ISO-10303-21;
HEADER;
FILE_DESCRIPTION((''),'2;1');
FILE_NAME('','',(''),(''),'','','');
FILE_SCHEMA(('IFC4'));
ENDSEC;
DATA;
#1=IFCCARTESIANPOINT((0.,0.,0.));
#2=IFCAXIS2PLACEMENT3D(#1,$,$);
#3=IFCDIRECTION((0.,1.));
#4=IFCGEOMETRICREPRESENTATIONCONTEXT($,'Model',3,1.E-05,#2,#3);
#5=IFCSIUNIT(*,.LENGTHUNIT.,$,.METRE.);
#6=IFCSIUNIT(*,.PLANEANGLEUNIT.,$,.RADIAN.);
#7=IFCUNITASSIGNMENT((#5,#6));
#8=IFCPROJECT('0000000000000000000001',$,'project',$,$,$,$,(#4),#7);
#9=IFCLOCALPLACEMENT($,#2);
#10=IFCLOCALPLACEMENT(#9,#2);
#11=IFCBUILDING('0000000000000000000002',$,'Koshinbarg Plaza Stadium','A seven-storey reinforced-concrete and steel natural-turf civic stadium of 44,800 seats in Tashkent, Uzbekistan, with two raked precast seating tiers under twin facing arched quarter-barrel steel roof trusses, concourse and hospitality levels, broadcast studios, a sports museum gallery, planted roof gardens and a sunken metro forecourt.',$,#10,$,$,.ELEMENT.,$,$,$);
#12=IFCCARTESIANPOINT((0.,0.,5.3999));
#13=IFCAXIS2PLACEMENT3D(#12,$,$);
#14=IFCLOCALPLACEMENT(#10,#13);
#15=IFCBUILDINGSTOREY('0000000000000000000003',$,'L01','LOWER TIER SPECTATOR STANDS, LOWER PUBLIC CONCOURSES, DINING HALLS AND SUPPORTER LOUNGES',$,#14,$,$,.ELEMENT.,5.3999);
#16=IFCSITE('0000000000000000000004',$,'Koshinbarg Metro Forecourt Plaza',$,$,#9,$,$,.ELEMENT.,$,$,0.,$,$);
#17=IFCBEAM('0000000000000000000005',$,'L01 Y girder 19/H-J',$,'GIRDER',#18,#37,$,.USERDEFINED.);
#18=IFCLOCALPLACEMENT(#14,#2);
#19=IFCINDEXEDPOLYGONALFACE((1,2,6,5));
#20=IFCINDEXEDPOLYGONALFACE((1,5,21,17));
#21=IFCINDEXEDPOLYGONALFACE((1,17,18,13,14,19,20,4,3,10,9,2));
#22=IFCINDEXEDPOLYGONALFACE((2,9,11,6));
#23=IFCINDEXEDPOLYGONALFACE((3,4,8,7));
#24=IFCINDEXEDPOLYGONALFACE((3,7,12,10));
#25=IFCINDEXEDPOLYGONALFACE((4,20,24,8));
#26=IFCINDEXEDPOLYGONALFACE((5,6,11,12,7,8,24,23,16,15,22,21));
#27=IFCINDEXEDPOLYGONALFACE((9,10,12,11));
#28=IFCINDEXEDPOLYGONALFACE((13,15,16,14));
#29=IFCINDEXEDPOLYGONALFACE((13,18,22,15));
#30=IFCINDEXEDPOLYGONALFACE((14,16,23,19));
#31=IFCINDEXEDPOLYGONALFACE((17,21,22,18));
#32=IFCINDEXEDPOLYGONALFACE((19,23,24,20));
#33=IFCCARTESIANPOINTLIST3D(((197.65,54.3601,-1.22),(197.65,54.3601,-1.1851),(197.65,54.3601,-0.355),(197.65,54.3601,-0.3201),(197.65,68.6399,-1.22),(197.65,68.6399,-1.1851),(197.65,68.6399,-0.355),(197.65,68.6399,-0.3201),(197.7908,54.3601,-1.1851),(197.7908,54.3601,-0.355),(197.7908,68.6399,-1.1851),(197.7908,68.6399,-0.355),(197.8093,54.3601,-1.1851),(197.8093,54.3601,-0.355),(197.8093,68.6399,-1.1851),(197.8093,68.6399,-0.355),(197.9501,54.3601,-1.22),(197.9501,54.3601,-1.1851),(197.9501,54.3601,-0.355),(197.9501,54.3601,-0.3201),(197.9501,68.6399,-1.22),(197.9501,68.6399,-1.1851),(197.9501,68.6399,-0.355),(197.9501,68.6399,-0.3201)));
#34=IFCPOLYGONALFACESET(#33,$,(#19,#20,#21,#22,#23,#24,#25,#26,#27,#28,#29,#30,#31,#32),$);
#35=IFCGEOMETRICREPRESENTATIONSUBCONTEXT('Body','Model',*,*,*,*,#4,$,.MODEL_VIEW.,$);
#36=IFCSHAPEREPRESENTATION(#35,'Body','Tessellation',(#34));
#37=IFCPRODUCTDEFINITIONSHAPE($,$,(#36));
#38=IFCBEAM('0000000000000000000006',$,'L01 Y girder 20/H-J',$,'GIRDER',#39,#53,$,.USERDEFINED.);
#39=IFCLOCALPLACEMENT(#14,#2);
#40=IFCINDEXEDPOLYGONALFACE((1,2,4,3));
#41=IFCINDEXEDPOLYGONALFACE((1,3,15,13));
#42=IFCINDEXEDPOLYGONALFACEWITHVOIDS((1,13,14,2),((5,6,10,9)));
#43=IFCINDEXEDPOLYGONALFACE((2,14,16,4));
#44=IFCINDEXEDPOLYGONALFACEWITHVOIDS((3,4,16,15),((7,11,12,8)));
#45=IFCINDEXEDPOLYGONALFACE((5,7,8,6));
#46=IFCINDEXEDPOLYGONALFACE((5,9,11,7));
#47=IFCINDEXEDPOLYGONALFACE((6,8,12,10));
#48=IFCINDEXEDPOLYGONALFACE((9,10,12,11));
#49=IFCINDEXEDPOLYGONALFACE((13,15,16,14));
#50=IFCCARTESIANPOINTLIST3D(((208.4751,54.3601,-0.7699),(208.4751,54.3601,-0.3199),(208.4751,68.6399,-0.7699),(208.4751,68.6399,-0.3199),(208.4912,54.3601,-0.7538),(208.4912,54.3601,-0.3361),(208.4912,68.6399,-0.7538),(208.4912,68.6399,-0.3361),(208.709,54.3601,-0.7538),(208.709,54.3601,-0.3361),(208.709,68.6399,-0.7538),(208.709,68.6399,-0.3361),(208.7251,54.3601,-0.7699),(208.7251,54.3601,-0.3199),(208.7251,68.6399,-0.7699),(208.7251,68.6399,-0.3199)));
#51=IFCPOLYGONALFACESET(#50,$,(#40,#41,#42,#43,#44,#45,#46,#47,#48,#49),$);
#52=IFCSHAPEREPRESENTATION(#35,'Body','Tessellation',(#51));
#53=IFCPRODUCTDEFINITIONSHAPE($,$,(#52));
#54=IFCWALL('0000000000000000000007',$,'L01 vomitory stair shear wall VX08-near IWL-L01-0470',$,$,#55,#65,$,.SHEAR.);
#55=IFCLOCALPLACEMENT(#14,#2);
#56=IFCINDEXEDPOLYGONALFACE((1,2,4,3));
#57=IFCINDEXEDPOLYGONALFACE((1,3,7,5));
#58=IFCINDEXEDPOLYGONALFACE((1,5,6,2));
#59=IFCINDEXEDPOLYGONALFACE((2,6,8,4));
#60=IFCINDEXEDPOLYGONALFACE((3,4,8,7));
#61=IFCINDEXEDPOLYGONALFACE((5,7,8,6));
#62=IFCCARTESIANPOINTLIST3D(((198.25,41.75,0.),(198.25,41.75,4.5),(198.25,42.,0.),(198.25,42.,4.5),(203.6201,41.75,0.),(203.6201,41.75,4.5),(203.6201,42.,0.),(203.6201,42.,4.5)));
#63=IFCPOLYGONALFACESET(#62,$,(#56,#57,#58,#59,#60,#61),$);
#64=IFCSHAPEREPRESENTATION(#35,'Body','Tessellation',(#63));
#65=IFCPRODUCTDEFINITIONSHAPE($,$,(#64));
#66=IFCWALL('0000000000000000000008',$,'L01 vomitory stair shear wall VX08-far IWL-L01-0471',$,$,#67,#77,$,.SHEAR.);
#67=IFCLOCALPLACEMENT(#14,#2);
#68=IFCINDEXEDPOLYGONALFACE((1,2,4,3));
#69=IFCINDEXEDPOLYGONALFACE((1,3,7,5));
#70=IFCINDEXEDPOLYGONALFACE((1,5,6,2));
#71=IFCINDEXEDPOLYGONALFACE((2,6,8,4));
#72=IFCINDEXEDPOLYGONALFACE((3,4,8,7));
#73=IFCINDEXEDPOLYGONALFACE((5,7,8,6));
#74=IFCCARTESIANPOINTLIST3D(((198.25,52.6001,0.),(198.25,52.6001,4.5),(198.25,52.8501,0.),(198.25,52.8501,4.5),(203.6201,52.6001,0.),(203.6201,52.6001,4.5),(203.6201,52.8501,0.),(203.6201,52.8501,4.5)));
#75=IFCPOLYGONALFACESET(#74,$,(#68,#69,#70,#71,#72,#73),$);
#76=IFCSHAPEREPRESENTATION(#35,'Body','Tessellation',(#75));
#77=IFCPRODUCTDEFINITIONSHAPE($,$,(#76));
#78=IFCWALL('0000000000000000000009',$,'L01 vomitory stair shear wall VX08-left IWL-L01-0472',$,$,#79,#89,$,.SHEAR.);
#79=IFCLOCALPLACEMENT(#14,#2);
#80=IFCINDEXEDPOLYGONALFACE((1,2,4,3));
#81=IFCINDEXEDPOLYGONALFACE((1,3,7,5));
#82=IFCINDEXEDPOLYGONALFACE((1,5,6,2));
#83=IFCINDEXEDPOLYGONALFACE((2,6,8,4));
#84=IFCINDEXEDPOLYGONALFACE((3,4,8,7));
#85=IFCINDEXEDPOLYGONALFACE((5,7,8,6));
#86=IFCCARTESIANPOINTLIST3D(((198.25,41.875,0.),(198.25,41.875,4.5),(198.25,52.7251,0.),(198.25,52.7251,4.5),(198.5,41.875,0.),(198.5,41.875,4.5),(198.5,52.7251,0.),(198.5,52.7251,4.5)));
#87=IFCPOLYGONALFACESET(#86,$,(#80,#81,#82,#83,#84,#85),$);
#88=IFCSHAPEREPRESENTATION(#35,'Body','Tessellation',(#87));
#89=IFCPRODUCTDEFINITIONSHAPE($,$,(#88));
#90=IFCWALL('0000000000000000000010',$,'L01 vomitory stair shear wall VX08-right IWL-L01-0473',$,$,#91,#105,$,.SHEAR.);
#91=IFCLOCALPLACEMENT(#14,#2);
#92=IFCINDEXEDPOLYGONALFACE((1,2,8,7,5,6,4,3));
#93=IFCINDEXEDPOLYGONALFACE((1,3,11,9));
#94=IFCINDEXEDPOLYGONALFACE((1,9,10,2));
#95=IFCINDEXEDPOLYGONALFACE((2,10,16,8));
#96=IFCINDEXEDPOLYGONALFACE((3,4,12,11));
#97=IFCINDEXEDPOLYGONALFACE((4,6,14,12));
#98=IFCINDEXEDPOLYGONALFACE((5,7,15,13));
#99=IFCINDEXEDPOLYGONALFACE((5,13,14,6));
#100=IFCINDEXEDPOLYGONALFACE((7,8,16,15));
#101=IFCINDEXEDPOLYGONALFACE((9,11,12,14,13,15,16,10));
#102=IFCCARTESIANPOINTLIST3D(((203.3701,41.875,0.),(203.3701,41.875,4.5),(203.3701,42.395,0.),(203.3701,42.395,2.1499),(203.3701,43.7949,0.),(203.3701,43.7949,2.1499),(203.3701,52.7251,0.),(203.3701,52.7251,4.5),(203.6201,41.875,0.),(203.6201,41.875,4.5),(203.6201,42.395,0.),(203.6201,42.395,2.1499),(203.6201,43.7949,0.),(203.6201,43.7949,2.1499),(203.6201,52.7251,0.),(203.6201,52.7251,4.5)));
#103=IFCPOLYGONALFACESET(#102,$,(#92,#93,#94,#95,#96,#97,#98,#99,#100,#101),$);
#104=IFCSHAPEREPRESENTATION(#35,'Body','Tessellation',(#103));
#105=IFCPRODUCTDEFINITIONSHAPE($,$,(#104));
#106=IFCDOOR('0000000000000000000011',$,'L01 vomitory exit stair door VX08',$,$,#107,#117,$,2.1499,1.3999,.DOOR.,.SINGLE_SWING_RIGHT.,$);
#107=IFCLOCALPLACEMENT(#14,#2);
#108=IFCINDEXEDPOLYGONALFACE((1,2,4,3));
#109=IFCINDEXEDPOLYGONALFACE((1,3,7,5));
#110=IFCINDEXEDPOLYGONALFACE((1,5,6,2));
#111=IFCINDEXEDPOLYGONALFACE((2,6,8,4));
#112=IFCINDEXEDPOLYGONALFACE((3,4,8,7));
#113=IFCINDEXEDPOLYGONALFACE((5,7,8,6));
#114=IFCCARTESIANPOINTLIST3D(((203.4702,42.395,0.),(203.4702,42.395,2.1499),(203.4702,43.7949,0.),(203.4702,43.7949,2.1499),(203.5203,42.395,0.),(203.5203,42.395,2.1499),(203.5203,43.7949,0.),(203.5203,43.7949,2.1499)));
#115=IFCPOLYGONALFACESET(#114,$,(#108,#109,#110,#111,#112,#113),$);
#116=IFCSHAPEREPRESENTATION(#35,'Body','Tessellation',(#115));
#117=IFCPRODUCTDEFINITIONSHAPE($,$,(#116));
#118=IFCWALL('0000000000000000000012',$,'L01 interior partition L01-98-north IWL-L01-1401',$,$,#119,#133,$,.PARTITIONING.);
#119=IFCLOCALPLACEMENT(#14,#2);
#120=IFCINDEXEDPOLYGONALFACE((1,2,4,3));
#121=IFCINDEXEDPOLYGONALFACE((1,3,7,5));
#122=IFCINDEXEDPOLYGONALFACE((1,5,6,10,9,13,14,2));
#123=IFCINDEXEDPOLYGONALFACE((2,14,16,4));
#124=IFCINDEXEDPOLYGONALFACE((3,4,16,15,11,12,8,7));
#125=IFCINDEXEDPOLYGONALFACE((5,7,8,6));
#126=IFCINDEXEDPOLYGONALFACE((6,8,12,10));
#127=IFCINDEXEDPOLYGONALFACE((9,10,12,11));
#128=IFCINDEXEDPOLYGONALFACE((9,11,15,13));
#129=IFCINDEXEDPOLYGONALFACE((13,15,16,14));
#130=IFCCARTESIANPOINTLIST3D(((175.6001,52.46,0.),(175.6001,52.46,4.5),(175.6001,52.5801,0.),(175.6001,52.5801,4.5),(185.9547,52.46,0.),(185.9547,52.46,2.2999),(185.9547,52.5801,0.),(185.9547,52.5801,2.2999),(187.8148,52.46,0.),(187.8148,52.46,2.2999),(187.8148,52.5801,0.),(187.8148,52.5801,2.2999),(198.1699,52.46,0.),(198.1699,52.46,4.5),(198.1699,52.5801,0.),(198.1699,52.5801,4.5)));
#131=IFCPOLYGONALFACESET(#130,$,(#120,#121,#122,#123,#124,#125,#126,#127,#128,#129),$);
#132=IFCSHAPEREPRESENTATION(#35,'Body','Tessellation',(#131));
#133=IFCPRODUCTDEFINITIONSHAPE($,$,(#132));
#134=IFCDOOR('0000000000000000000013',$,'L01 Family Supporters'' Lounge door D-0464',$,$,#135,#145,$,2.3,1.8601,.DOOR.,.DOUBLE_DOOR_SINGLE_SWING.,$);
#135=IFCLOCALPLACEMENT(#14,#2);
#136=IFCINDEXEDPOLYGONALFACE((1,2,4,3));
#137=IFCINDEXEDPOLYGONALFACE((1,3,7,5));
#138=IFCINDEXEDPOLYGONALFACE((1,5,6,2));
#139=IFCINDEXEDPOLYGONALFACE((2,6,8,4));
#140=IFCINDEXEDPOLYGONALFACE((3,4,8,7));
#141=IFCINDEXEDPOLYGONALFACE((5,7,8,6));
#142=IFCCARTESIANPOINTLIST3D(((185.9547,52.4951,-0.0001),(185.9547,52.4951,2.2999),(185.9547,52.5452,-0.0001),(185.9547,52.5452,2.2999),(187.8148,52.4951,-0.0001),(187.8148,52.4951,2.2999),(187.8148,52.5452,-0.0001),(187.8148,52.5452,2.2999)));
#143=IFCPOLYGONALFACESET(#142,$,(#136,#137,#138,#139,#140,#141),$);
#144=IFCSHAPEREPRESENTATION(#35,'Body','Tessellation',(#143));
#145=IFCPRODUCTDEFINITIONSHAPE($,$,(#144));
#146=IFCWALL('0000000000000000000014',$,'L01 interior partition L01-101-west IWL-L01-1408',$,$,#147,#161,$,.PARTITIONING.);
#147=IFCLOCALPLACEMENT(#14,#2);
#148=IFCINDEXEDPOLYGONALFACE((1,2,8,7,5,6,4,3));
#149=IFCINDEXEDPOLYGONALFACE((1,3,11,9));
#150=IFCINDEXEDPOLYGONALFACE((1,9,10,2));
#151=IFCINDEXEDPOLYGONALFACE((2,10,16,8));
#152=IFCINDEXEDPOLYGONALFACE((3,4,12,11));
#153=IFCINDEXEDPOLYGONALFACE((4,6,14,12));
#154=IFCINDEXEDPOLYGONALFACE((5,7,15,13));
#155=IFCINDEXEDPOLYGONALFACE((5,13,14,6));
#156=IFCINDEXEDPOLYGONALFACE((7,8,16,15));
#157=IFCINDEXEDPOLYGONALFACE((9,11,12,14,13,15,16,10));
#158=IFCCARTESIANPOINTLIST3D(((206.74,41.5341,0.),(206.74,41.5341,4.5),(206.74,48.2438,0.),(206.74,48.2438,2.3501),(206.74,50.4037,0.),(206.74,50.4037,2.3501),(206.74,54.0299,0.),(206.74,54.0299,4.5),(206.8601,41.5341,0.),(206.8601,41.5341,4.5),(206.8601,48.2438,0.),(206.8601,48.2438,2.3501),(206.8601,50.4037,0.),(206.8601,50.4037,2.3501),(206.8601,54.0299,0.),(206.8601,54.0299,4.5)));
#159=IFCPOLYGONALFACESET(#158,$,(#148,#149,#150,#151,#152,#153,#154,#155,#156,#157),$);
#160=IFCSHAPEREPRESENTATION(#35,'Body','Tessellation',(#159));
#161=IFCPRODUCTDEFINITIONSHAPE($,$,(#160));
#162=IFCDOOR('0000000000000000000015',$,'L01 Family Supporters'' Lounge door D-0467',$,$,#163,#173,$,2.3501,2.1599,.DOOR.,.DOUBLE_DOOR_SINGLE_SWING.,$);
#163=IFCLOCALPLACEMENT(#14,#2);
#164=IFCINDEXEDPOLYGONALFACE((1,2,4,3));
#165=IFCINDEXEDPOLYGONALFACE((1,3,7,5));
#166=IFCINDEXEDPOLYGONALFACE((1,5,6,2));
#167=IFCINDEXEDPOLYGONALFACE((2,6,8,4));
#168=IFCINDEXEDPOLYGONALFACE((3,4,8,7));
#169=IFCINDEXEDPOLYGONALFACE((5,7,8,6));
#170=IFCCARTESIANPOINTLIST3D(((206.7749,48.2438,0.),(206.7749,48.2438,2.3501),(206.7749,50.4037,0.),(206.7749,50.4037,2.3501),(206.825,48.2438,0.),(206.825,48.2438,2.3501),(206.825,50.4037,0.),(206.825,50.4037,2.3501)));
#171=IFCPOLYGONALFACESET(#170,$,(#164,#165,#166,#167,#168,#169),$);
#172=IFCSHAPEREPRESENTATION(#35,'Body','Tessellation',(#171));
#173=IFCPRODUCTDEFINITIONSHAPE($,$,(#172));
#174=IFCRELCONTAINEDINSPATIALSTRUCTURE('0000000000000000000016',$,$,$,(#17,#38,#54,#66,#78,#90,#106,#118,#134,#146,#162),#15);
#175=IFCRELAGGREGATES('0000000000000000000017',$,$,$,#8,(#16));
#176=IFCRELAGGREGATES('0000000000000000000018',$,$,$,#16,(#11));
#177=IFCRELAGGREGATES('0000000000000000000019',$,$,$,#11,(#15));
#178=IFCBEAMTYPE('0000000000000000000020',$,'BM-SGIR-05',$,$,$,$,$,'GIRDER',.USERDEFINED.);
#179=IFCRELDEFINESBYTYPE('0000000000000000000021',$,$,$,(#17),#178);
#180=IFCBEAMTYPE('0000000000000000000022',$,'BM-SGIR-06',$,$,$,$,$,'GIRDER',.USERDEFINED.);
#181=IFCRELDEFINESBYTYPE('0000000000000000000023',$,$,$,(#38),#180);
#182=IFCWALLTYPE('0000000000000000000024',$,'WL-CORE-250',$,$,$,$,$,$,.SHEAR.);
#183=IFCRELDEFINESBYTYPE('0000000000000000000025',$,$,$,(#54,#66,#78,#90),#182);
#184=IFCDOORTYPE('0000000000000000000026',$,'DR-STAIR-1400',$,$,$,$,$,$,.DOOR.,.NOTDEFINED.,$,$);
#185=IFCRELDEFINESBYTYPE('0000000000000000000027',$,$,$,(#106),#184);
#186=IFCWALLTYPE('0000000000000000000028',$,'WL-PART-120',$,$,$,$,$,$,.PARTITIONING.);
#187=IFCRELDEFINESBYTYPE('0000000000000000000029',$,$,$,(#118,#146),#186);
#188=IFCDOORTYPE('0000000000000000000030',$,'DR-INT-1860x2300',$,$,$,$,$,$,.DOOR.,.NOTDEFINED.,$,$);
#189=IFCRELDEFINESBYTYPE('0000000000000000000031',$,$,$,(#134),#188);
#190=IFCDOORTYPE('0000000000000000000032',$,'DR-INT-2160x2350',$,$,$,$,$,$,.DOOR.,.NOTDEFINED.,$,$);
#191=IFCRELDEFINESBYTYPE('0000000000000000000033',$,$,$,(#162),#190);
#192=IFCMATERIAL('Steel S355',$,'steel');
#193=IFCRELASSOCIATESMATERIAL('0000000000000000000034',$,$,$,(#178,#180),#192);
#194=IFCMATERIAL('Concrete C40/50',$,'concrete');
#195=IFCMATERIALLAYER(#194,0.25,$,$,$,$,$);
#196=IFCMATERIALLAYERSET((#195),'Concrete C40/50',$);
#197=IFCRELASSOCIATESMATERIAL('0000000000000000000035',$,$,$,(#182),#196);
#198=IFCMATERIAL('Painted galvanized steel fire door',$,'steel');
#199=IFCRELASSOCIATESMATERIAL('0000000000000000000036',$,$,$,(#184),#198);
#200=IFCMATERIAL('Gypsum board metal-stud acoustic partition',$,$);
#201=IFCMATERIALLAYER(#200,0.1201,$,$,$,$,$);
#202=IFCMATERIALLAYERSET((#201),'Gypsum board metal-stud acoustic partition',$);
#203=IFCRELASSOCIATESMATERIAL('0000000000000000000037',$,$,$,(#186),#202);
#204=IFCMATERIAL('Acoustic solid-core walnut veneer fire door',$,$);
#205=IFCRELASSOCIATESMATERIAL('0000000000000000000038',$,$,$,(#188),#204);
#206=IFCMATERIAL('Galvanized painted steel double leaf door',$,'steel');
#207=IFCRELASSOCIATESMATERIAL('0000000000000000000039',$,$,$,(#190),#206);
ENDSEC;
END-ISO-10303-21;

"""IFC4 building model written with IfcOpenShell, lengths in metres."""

from ifc_helpers import new_model, si_unit, direction, frame, frame_2d, origin, origin_2d, place, context, subcontext, project, spatial, rectangle, hollow_rectangle, i_section, extrude, material, layer, layer_set, material_profile, profile_set, type_object, element, fill, save


model = new_model("IFC4")

# Units and contexts
model_context = context("Model", 3, precision=1e-05, world=origin(), true_north=direction((0.0, 1.0)))
body_context = subcontext(model_context, "Body", "Model", "MODEL_VIEW")
ifc_project = project(units=[si_unit("LENGTHUNIT", "METRE"), si_unit("PLANEANGLEUNIT", "RADIAN")], contexts=[model_context])

# Site, building, storey
site_placement = place(None, origin())
site = spatial("IfcSite", under=ifc_project, at=site_placement, Name="Koshinbarg Metro Forecourt Plaza", CompositionType="ELEMENT", RefElevation=0.0)
building_placement = place(site_placement, origin())
building = spatial("IfcBuilding", under=site, at=building_placement, Name="Koshinbarg Plaza Stadium", Description="A seven-storey reinforced-concrete and steel natural-turf civic stadium of 44,800 seats in Tashkent, Uzbekistan, with two raked precast seating tiers under twin facing arched quarter-barrel steel roof trusses, concourse and hospitality levels, broadcast studios, a sports museum gallery, planted roof gardens and a sunken metro forecourt.", CompositionType="ELEMENT")
storey_placement = place(building_placement, frame((0.0, 0.0, 5.3999)))
storey = spatial("IfcBuildingStorey", under=building, at=storey_placement, Name="L01", Description="LOWER TIER SPECTATOR STANDS, LOWER PUBLIC CONCOURSES, DINING HALLS AND SUPPORTER LOUNGES", CompositionType="ELEMENT", Elevation=5.3999)

# Shared definitions
ifc_material_1 = material(Name="Concrete C40/50", Category="concrete")

# Beams
ifc_material_2 = material(Name="Steel S355", Category="steel")
ifc_material_profile_1 = material_profile(ifc_material_2, i_section(OverallWidth=0.3, OverallDepth=0.8999, WebThickness=0.0186, FlangeThickness=0.0349, at=origin_2d()), Name="HEB 900")
ifc_profile_set_1 = profile_set([ifc_material_profile_1], Name="Steel S355")
beam_type_1 = type_object("IfcBeamType", Name="BM-SGIR-05", ElementType="GIRDER", PredefinedType="USERDEFINED", material=ifc_profile_set_1)
beam_1_placement = place(storey_placement, frame((197.8, 54.3601, -0.77), z_axis=(0.0, 1.0, 0.0), x_axis=(-1.0, 0.0, 0.0)))
element("IfcBeam", 1, at=beam_1_placement, inside=storey, type_object=beam_type_1, Name="L01 Y girder 19/H-J", ObjectType="GIRDER", PredefinedType="USERDEFINED", context=body_context, shape_type="SweptSolid", body=[
    extrude(i_section(OverallWidth=0.3, OverallDepth=0.8999, WebThickness=0.0186, FlangeThickness=0.0349, at=origin_2d()), origin(), (0.0, 0.0, 1.0), 14.2798),
])
ifc_material_profile_2 = material_profile(ifc_material_2, hollow_rectangle(XDim=0.25, YDim=0.45, WallThickness=0.0161, at=origin_2d()), Name="RHS 450x250x16")
ifc_profile_set_2 = profile_set([ifc_material_profile_2], Name="Steel S355")
beam_type_2 = type_object("IfcBeamType", Name="BM-SGIR-06", ElementType="GIRDER", PredefinedType="USERDEFINED", material=ifc_profile_set_2)
beam_2_placement = place(storey_placement, frame((208.6001, 54.3601, -0.5449), z_axis=(0.0, 1.0, 0.0), x_axis=(-1.0, 0.0, 0.0)))
element("IfcBeam", 2, at=beam_2_placement, inside=storey, type_object=beam_type_2, Name="L01 Y girder 20/H-J", ObjectType="GIRDER", PredefinedType="USERDEFINED", context=body_context, shape_type="SweptSolid", body=[
    extrude(hollow_rectangle(XDim=0.25, YDim=0.45, WallThickness=0.0161, at=origin_2d()), origin(), (0.0, 0.0, 1.0), 14.2798),
])

# Walls
ifc_layer_1 = layer(ifc_material_1, 0.25)
ifc_layer_set_1 = layer_set([ifc_layer_1], Name="Concrete C40/50")
wall_type_1 = type_object("IfcWallType", Name="WL-CORE-250", PredefinedType="SHEAR", material=ifc_layer_set_1)
for number, where, z_axis, x_axis, name in (
    (3, (198.25, 41.875, 0.0), (0.0, 0.0, 1.0), (1.0, 0.0, 0.0), "L01 vomitory stair shear wall VX08-near IWL-L01-0470"),
    (4, (203.6201, 52.7251, 0.0), (0.0, 0.0, 1.0), (-1.0, 0.0, 0.0), "L01 vomitory stair shear wall VX08-far IWL-L01-0471"),
):
    element("IfcWall", number, at=place(storey_placement, frame(where, z_axis=z_axis, x_axis=x_axis)), inside=storey, type_object=wall_type_1, Name=name, PredefinedType="SHEAR", context=body_context, shape_type="SweptSolid", body=[
        extrude(rectangle(XDim=5.3701, YDim=0.25, at=frame_2d((2.6851, 0.0))), origin(), (0.0, 0.0, 1.0), 4.5),
    ])
wall_1_placement = place(storey_placement, frame((198.375, 41.875, 0.0), z_axis=(0.0, 0.0, 1.0), x_axis=(0.0, 1.0, 0.0)))
element("IfcWall", 5, at=wall_1_placement, inside=storey, type_object=wall_type_1, Name="L01 vomitory stair shear wall VX08-left IWL-L01-0472", PredefinedType="SHEAR", context=body_context, shape_type="SweptSolid", body=[
    extrude(rectangle(XDim=10.8501, YDim=0.25, at=frame_2d((5.425, 0.0))), origin(), (0.0, 0.0, 1.0), 4.5),
])

# Walls, openings, doors
wall_2_placement = place(storey_placement, frame((203.4951, 41.875, 0.0), z_axis=(0.0, 0.0, 1.0), x_axis=(0.0, 1.0, 0.0)))
wall_2 = element("IfcWall", 6, at=wall_2_placement, inside=storey, type_object=wall_type_1, Name="L01 vomitory stair shear wall VX08-right IWL-L01-0473", PredefinedType="SHEAR", context=body_context, shape_type="SweptSolid", body=[
    extrude(rectangle(XDim=10.8501, YDim=0.25, at=frame_2d((5.425, 0.0))), origin(), (0.0, 0.0, 1.0), 4.5),
])
opening_1_placement = place(wall_2_placement, frame((0.52, 0.0, 0.0)))
opening_1 = element("IfcOpeningElement", 7, at=opening_1_placement, cuts=wall_2, PredefinedType="OPENING", context=body_context, shape_type="SweptSolid", body=[
    extrude(rectangle(XDim=1.3999, YDim=2.1499, at=frame_2d((0.7, 1.075))), frame((0.0, 0.135, 0.0), z_axis=(0.0, -1.0, 0.0), x_axis=(1.0, 0.0, 0.0)), (0.0, 0.0, 1.0), 0.27),
])
ifc_material_3 = material(Name="Painted galvanized steel fire door", Category="steel")
door_type_1 = type_object("IfcDoorType", Name="DR-STAIR-1400", OperationType="NOTDEFINED", PredefinedType="DOOR", material=ifc_material_3)
door_1_placement = place(opening_1_placement, origin())
door_1 = element("IfcDoor", 8, at=door_1_placement, inside=storey, type_object=door_type_1, Name="L01 vomitory exit stair door VX08", OperationType="SINGLE_SWING_RIGHT", OverallHeight=2.1499, OverallWidth=1.3999, PredefinedType="DOOR", context=body_context, shape_type="SweptSolid", body=[
    extrude(rectangle(XDim=1.3999, YDim=2.1499, at=frame_2d((0.7, 1.075))), frame((0.0, 0.0249, 0.0), z_axis=(0.0, -1.0, 0.0), x_axis=(1.0, 0.0, 0.0)), (0.0, 0.0, 1.0), 0.05),
])
fill(opening_1, door_1)
ifc_material_4 = material(Name="Gypsum board metal-stud acoustic partition")
ifc_layer_2 = layer(ifc_material_4, 0.1201)
ifc_layer_set_2 = layer_set([ifc_layer_2], Name="Gypsum board metal-stud acoustic partition")
wall_type_2 = type_object("IfcWallType", Name="WL-PART-120", PredefinedType="PARTITIONING", material=ifc_layer_set_2)
wall_3_placement = place(storey_placement, frame((198.1699, 52.52, 0.0), z_axis=(0.0, 0.0, 1.0), x_axis=(-1.0, 0.0, 0.0)))
wall_3 = element("IfcWall", 9, at=wall_3_placement, inside=storey, type_object=wall_type_2, Name="L01 interior partition L01-98-north IWL-L01-1401", PredefinedType="PARTITIONING", context=body_context, shape_type="SweptSolid", body=[
    extrude(rectangle(XDim=22.5698, YDim=0.1201, at=frame_2d((11.2849, 0.0))), origin(), (0.0, 0.0, 1.0), 4.5),
])
opening_2_placement = place(wall_3_placement, frame((10.355, 0.0, 0.0)))
opening_2 = element("IfcOpeningElement", 10, at=opening_2_placement, cuts=wall_3, PredefinedType="OPENING", context=body_context, shape_type="SweptSolid", body=[
    extrude(rectangle(XDim=1.8601, YDim=2.3, at=frame_2d((0.9302, 1.1499))), frame((0.0, 0.0701, 0.0), z_axis=(0.0, -1.0, 0.0), x_axis=(1.0, 0.0, 0.0)), (0.0, 0.0, 1.0), 0.1401),
])
ifc_material_5 = material(Name="Acoustic solid-core walnut veneer fire door")
door_type_2 = type_object("IfcDoorType", Name="DR-INT-1860x2300", OperationType="NOTDEFINED", PredefinedType="DOOR", material=ifc_material_5)
door_2_placement = place(opening_2_placement, origin())
door_2 = element("IfcDoor", 11, at=door_2_placement, inside=storey, type_object=door_type_2, Name="L01 Family Supporters' Lounge door D-0464", OperationType="DOUBLE_DOOR_SINGLE_SWING", OverallHeight=2.3, OverallWidth=1.8601, PredefinedType="DOOR", context=body_context, shape_type="SweptSolid", body=[
    extrude(rectangle(XDim=1.8601, YDim=2.3, at=frame_2d((0.9302, 1.1499))), frame((0.0, 0.0249, 0.0), z_axis=(0.0, -1.0, 0.0), x_axis=(1.0, 0.0, 0.0)), (0.0, 0.0, 1.0), 0.05),
])
fill(opening_2, door_2)
wall_4_placement = place(storey_placement, frame((206.8, 54.03, 0.0), z_axis=(0.0, 0.0, 1.0), x_axis=(0.0, -1.0, 0.0)))
wall_4 = element("IfcWall", 12, at=wall_4_placement, inside=storey, type_object=wall_type_2, Name="L01 interior partition L01-101-west IWL-L01-1408", PredefinedType="PARTITIONING", context=body_context, shape_type="SweptSolid", body=[
    extrude(rectangle(XDim=12.4958, YDim=0.1201, at=frame_2d((6.248, 0.0))), origin(), (0.0, 0.0, 1.0), 4.5),
])
opening_3_placement = place(wall_4_placement, frame((3.6262, 0.0, 0.0)))
opening_3 = element("IfcOpeningElement", 13, at=opening_3_placement, cuts=wall_4, PredefinedType="OPENING", context=body_context, shape_type="SweptSolid", body=[
    extrude(rectangle(XDim=2.1599, YDim=2.3501, at=frame_2d((1.0801, 1.175))), frame((0.0, 0.0701, 0.0), z_axis=(0.0, -1.0, 0.0), x_axis=(1.0, 0.0, 0.0)), (0.0, 0.0, 1.0), 0.1401),
])
ifc_material_6 = material(Name="Galvanized painted steel double leaf door", Category="steel")
door_type_3 = type_object("IfcDoorType", Name="DR-INT-2160x2350", OperationType="NOTDEFINED", PredefinedType="DOOR", material=ifc_material_6)
door_3_placement = place(opening_3_placement, origin())
door_3 = element("IfcDoor", 14, at=door_3_placement, inside=storey, type_object=door_type_3, Name="L01 Family Supporters' Lounge door D-0467", OperationType="DOUBLE_DOOR_SINGLE_SWING", OverallHeight=2.3501, OverallWidth=2.1599, PredefinedType="DOOR", context=body_context, shape_type="SweptSolid", body=[
    extrude(rectangle(XDim=2.1599, YDim=2.3501, at=frame_2d((1.0801, 1.175))), frame((0.0, 0.0249, 0.0), z_axis=(0.0, -1.0, 0.0), x_axis=(1.0, 0.0, 0.0)), (0.0, 0.0, 1.0), 0.05),
])
fill(opening_3, door_3)

save(model, "model.ifc")
